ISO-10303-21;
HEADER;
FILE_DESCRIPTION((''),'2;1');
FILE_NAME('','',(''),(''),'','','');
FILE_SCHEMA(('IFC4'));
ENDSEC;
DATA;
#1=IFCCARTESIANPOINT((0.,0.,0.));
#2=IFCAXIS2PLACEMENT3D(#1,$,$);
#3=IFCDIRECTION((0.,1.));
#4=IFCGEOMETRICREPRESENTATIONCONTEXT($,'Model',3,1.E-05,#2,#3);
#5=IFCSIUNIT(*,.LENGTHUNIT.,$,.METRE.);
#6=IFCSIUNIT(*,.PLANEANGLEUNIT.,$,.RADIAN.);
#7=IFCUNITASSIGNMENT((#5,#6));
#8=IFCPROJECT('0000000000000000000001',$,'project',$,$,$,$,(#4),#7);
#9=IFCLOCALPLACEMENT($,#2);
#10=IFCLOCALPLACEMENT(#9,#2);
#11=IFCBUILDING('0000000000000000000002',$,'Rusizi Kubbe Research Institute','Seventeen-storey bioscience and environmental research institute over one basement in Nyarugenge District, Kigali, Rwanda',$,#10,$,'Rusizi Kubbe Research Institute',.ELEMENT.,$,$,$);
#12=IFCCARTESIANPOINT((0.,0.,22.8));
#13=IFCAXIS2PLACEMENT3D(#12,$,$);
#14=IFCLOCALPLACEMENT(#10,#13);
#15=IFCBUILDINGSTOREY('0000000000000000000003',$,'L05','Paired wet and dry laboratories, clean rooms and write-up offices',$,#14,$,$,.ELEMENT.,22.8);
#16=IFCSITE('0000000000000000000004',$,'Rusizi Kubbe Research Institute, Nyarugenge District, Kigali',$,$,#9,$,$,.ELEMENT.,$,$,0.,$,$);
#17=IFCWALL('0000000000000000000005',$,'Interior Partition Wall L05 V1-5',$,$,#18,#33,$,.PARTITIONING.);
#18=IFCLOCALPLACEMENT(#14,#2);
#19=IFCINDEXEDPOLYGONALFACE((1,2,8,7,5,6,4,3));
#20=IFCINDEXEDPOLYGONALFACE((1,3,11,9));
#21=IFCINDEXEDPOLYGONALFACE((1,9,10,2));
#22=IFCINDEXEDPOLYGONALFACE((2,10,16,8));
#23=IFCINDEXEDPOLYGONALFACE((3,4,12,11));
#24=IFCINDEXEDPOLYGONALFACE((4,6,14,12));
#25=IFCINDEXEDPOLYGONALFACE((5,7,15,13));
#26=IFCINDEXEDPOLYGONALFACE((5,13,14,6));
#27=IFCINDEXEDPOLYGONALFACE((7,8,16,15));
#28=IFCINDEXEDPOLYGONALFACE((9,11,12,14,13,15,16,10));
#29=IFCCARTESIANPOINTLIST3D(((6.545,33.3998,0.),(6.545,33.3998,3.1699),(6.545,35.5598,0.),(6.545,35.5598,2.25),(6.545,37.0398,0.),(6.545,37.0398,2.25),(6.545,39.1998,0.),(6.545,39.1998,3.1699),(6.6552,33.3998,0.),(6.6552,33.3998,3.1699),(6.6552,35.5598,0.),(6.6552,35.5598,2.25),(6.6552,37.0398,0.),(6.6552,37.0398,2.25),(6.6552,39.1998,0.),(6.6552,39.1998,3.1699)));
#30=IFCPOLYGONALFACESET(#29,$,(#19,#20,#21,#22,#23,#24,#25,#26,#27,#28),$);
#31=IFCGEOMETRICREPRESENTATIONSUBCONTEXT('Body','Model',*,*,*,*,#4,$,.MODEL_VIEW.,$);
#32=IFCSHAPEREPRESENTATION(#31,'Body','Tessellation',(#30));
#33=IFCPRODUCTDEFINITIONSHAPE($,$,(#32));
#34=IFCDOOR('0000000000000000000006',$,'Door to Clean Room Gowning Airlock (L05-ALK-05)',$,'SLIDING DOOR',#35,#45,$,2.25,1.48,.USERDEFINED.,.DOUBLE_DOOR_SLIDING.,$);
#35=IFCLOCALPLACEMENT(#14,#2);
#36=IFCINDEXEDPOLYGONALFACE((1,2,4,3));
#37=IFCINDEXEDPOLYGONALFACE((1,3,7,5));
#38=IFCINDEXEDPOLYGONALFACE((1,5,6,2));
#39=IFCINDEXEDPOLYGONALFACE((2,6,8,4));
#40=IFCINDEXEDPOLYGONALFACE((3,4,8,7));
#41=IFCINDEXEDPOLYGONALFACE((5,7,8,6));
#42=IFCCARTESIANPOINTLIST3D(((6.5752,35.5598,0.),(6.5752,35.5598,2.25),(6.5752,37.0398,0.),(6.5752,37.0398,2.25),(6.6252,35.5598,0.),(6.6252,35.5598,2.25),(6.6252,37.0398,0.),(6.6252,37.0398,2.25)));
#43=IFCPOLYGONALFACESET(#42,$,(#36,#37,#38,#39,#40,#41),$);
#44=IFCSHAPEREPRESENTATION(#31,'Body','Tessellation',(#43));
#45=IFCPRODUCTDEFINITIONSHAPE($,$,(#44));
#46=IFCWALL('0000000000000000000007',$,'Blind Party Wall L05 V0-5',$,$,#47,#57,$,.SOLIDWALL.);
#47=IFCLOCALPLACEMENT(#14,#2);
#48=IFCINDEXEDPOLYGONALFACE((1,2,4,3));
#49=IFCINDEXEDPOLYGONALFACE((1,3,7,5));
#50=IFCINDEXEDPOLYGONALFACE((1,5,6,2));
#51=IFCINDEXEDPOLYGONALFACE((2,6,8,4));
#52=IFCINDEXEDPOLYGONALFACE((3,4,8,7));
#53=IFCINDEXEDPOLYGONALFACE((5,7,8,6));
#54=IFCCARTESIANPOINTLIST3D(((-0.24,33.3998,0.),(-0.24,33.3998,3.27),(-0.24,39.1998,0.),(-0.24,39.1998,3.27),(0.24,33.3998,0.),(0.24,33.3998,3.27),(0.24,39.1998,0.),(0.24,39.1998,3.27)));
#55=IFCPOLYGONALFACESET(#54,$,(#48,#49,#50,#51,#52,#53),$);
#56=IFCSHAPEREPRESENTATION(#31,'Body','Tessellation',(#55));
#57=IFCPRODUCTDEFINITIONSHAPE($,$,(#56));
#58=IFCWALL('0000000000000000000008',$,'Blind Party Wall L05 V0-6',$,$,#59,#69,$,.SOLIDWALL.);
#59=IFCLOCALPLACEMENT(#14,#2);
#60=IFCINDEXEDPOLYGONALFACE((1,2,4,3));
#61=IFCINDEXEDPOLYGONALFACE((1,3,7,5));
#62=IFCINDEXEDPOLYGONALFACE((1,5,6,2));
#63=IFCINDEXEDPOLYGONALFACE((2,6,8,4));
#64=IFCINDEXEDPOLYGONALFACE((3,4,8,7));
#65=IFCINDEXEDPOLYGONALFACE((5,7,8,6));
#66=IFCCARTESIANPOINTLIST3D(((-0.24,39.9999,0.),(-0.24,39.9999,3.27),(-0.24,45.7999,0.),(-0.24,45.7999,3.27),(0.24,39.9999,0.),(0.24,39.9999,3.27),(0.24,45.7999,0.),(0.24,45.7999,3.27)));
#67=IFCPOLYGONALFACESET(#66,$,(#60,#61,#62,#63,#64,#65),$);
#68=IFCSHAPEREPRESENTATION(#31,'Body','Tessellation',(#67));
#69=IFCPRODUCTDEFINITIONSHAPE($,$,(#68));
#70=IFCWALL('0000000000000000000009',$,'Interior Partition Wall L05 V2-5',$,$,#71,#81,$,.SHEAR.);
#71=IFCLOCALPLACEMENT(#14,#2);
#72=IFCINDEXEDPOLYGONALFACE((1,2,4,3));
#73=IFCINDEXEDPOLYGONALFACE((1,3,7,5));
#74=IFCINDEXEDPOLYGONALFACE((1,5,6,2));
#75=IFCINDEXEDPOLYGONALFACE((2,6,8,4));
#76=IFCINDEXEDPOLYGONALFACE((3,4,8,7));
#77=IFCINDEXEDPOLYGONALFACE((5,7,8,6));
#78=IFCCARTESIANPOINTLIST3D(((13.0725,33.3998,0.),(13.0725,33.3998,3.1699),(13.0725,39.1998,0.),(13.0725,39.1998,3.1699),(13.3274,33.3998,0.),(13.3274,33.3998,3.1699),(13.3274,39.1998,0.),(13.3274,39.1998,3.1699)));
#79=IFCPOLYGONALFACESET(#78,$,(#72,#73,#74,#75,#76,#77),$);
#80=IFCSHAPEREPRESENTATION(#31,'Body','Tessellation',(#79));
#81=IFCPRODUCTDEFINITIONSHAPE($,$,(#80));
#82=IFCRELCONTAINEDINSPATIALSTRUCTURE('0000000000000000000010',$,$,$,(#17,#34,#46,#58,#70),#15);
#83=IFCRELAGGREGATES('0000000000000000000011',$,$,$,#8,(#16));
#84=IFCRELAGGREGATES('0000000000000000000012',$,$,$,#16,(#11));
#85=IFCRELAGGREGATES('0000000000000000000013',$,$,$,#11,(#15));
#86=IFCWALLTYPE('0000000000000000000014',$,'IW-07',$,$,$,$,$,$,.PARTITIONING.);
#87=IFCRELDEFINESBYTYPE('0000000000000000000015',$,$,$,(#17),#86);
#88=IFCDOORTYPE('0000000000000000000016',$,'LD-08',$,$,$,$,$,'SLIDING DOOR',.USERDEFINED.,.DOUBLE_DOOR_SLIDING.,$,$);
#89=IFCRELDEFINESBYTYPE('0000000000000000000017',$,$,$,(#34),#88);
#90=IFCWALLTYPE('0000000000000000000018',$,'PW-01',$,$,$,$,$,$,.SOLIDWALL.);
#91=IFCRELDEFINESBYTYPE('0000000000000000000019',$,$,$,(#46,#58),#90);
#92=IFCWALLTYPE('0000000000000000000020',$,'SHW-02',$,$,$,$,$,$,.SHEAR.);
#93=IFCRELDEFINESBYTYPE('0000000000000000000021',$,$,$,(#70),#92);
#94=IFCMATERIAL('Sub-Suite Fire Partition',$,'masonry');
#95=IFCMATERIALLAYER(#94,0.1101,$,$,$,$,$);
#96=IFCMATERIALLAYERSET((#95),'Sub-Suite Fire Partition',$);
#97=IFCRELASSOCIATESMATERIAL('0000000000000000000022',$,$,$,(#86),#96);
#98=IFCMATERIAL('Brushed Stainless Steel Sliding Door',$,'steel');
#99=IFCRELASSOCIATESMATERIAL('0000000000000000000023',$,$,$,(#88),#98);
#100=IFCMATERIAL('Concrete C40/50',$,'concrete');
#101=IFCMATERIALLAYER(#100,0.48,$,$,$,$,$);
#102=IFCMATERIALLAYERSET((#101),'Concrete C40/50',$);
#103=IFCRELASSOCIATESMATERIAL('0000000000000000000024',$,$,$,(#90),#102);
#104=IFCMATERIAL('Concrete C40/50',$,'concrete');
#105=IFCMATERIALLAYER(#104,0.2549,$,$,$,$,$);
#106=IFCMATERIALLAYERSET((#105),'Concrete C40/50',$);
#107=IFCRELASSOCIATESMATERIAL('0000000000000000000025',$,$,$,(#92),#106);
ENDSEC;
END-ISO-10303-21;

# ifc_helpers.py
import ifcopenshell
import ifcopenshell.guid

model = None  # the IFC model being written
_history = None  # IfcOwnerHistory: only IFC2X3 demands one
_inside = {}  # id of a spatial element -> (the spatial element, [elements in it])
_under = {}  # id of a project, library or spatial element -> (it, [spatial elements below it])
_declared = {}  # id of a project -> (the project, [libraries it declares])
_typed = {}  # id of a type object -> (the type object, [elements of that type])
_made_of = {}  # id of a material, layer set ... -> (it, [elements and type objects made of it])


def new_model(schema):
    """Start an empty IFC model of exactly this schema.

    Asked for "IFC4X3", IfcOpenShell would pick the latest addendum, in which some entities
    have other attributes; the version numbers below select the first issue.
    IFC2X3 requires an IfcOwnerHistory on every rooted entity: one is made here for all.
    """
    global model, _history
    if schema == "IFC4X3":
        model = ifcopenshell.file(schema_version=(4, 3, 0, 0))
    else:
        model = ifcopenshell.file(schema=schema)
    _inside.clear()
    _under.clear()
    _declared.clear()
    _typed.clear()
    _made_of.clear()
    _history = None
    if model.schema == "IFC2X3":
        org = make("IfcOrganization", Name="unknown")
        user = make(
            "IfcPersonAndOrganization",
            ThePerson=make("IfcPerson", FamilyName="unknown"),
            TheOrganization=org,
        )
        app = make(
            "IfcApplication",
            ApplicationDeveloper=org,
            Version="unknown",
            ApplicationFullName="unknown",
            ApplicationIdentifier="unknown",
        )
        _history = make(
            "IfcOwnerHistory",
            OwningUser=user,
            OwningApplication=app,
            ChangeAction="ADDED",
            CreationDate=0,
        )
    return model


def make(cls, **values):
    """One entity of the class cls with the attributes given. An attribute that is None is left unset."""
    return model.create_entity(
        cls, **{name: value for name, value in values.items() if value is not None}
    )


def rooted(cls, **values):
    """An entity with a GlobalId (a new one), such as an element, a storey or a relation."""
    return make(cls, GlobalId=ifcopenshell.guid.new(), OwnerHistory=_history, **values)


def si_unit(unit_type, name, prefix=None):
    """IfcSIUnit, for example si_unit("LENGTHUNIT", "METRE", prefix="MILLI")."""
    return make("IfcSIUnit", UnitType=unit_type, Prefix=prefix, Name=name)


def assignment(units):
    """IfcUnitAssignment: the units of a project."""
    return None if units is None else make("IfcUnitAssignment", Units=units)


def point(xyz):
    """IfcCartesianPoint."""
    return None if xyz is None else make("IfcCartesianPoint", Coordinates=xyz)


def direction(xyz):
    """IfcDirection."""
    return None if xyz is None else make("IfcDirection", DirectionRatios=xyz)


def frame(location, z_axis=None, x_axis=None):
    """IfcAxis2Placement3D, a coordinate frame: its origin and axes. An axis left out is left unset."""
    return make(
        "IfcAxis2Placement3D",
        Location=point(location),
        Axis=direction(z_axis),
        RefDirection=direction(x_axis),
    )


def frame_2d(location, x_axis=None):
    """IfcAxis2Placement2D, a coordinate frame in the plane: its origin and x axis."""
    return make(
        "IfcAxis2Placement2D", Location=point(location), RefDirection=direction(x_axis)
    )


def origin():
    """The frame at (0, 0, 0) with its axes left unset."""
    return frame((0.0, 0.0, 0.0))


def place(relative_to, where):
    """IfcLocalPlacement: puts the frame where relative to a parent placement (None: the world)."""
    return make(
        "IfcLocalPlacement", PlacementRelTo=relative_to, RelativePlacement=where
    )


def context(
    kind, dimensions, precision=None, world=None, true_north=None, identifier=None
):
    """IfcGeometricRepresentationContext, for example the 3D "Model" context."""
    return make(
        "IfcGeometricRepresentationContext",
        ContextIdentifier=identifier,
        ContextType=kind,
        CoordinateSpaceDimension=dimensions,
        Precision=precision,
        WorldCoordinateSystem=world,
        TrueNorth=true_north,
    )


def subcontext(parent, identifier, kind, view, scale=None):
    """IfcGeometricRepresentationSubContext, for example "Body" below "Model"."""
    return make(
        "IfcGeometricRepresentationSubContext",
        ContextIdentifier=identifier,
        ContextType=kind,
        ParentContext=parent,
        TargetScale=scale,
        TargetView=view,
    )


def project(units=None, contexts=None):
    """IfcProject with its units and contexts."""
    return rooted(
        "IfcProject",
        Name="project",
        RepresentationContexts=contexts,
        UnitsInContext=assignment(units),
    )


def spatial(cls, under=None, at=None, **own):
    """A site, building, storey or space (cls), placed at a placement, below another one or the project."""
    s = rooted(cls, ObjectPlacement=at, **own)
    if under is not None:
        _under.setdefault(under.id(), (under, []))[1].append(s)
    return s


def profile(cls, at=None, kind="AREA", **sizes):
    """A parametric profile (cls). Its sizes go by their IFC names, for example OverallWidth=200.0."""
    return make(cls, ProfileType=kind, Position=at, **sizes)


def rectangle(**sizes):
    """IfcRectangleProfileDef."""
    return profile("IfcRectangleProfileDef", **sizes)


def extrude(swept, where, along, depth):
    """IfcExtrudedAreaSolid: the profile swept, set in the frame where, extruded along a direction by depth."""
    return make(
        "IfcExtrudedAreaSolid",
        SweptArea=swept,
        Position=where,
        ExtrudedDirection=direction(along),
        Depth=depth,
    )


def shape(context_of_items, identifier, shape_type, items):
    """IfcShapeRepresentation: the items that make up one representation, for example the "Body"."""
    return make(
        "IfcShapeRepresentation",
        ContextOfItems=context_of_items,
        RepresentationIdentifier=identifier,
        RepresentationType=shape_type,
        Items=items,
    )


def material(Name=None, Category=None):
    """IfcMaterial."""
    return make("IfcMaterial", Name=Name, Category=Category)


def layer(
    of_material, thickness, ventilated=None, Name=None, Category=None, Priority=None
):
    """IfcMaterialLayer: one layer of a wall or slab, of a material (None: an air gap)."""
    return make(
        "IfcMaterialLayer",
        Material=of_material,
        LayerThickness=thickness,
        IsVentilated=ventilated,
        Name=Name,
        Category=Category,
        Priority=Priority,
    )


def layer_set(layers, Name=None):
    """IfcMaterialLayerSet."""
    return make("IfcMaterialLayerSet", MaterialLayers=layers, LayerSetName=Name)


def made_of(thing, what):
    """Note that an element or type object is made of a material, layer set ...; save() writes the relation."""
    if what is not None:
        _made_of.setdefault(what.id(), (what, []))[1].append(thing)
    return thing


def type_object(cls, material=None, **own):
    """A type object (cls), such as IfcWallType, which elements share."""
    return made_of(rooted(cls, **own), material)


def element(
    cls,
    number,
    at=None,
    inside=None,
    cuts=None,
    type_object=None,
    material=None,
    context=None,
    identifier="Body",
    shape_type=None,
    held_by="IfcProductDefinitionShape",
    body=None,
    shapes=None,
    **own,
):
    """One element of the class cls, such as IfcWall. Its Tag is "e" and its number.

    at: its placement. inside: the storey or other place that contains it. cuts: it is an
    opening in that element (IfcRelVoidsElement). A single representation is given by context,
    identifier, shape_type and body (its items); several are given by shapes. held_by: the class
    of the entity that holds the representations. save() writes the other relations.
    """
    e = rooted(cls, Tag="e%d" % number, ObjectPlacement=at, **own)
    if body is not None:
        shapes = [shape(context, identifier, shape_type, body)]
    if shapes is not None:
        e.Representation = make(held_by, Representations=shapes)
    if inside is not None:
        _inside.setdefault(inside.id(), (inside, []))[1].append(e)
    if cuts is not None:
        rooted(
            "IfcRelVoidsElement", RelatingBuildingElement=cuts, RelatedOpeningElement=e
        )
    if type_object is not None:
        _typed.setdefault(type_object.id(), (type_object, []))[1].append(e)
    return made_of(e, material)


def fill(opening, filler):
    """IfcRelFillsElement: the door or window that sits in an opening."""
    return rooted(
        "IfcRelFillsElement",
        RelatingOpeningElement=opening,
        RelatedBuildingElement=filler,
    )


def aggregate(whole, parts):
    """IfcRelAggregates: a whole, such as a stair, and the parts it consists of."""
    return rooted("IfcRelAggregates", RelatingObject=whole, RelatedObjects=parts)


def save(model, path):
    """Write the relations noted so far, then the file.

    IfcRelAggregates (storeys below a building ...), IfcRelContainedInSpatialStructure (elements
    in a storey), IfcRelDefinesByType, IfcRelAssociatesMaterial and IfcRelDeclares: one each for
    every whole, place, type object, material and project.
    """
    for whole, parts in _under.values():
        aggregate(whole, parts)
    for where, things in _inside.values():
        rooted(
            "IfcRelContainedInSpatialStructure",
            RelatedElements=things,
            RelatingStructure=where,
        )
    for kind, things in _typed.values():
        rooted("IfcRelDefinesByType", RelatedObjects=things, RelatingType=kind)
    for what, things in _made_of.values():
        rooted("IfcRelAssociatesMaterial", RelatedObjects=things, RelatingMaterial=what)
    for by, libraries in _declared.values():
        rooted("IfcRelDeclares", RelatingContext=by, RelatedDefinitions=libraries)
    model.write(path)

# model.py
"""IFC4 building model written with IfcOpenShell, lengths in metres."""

from ifc_helpers import new_model, si_unit, direction, frame, frame_2d, origin, place, context, subcontext, project, spatial, rectangle, extrude, material, layer, layer_set, type_object, element, fill, save


model = new_model("IFC4")

# Units and contexts
model_context = context("Model", 3, precision=1e-05, world=origin(), true_north=direction((0.0, 1.0)))
body_context = subcontext(model_context, "Body", "Model", "MODEL_VIEW")
ifc_project = project(units=[si_unit("LENGTHUNIT", "METRE"), si_unit("PLANEANGLEUNIT", "RADIAN")], contexts=[model_context])

# Site, building, storey
site_placement = place(None, origin())
site = spatial("IfcSite", under=ifc_project, at=site_placement, Name="Rusizi Kubbe Research Institute, Nyarugenge District, Kigali", CompositionType="ELEMENT", RefElevation=0.0)
building_placement = place(site_placement, origin())
building = spatial("IfcBuilding", under=site, at=building_placement, Name="Rusizi Kubbe Research Institute", Description="Seventeen-storey bioscience and environmental research institute over one basement in Nyarugenge District, Kigali, Rwanda", LongName="Rusizi Kubbe Research Institute", CompositionType="ELEMENT")
storey_placement = place(building_placement, frame((0.0, 0.0, 22.8)))
storey = spatial("IfcBuildingStorey", under=building, at=storey_placement, Name="L05", Description="Paired wet and dry laboratories, clean rooms and write-up offices", CompositionType="ELEMENT", Elevation=22.8)

# Wall, opening, door
ifc_material_1 = material(Name="Sub-Suite Fire Partition", Category="masonry")
ifc_layer_1 = layer(ifc_material_1, 0.1101)
ifc_layer_set_1 = layer_set([ifc_layer_1], Name="Sub-Suite Fire Partition")
wall_type_1 = type_object("IfcWallType", Name="IW-07", PredefinedType="PARTITIONING", material=ifc_layer_set_1)
wall_1_placement = place(storey_placement, frame((6.6001, 33.3999, 0.0), z_axis=(0.0, 0.0, 1.0), x_axis=(0.0, 1.0, 0.0)))
wall_1 = element("IfcWall", 1, at=wall_1_placement, inside=storey, type_object=wall_type_1, Name="Interior Partition Wall L05 V1-5", PredefinedType="PARTITIONING", context=body_context, shape_type="SweptSolid", body=[
    extrude(rectangle(XDim=5.8, YDim=0.1101, at=frame_2d((2.8999, 0.0))), origin(), (0.0, 0.0, 1.0), 3.1699),
])
opening_1_placement = place(wall_1_placement, frame((2.1599, 0.0, 0.0)))
opening_1 = element("IfcOpeningElement", 2, at=opening_1_placement, cuts=wall_1, PredefinedType="OPENING", context=body_context, shape_type="SweptSolid", body=[
    extrude(rectangle(XDim=1.48, YDim=2.25, at=frame_2d((0.74, 1.125))), frame((0.0, 0.0649, 0.0), z_axis=(0.0, -1.0, 0.0), x_axis=(1.0, 0.0, 0.0)), (0.0, 0.0, 1.0), 0.1301),
])
ifc_material_2 = material(Name="Brushed Stainless Steel Sliding Door", Category="steel")
door_type_1 = type_object("IfcDoorType", Name="LD-08", ElementType="SLIDING DOOR", OperationType="DOUBLE_DOOR_SLIDING", PredefinedType="USERDEFINED", material=ifc_material_2)
door_1_placement = place(opening_1_placement, origin())
door_1 = element("IfcDoor", 3, at=door_1_placement, inside=storey, type_object=door_type_1, Name="Door to Clean Room Gowning Airlock (L05-ALK-05)", ObjectType="SLIDING DOOR", OperationType="DOUBLE_DOOR_SLIDING", OverallHeight=2.25, OverallWidth=1.48, PredefinedType="USERDEFINED", context=body_context, shape_type="SweptSolid", body=[
    extrude(rectangle(XDim=1.48, YDim=2.25, at=frame_2d((0.74, 1.125))), frame((0.0, 0.0249, 0.0), z_axis=(0.0, -1.0, 0.0), x_axis=(1.0, 0.0, 0.0)), (0.0, 0.0, 1.0), 0.05),
])
fill(opening_1, door_1)

# Walls
ifc_material_3 = material(Name="Concrete C40/50", Category="concrete")
ifc_layer_2 = layer(ifc_material_3, 0.48)
ifc_layer_set_2 = layer_set([ifc_layer_2], Name="Concrete C40/50")
wall_type_2 = type_object("IfcWallType", Name="PW-01", PredefinedType="SOLIDWALL", material=ifc_layer_set_2)
for number, where, z_axis, x_axis, name in (
    (4, (0.0, 33.3999, 0.0), (0.0, 0.0, 1.0), (0.0, 1.0, 0.0), "Blind Party Wall L05 V0-5"),
    (5, (0.0, 40.0, 0.0), (0.0, 0.0, 1.0), (0.0, 1.0, 0.0), "Blind Party Wall L05 V0-6"),
):
    element("IfcWall", number, at=place(storey_placement, frame(where, z_axis=z_axis, x_axis=x_axis)), inside=storey, type_object=wall_type_2, Name=name, PredefinedType="SOLIDWALL", context=body_context, shape_type="SweptSolid", body=[
        extrude(rectangle(XDim=5.8, YDim=0.48, at=frame_2d((2.8999, 0.0))), origin(), (0.0, 0.0, 1.0), 3.27),
    ])
ifc_material_4 = material(Name="Concrete C40/50", Category="concrete")
ifc_layer_3 = layer(ifc_material_4, 0.2549)
ifc_layer_set_3 = layer_set([ifc_layer_3], Name="Concrete C40/50")
wall_type_3 = type_object("IfcWallType", Name="SHW-02", PredefinedType="SHEAR", material=ifc_layer_set_3)
wall_2_placement = place(storey_placement, frame((13.2, 33.3999, 0.0), z_axis=(0.0, 0.0, 1.0), x_axis=(0.0, 1.0, 0.0)))
element("IfcWall", 6, at=wall_2_placement, inside=storey, type_object=wall_type_3, Name="Interior Partition Wall L05 V2-5", PredefinedType="SHEAR", context=body_context, shape_type="SweptSolid", body=[
    extrude(rectangle(XDim=5.8, YDim=0.2549, at=frame_2d((2.8999, 0.0))), origin(), (0.0, 0.0, 1.0), 3.1699),
])

save(model, "model.ifc")
